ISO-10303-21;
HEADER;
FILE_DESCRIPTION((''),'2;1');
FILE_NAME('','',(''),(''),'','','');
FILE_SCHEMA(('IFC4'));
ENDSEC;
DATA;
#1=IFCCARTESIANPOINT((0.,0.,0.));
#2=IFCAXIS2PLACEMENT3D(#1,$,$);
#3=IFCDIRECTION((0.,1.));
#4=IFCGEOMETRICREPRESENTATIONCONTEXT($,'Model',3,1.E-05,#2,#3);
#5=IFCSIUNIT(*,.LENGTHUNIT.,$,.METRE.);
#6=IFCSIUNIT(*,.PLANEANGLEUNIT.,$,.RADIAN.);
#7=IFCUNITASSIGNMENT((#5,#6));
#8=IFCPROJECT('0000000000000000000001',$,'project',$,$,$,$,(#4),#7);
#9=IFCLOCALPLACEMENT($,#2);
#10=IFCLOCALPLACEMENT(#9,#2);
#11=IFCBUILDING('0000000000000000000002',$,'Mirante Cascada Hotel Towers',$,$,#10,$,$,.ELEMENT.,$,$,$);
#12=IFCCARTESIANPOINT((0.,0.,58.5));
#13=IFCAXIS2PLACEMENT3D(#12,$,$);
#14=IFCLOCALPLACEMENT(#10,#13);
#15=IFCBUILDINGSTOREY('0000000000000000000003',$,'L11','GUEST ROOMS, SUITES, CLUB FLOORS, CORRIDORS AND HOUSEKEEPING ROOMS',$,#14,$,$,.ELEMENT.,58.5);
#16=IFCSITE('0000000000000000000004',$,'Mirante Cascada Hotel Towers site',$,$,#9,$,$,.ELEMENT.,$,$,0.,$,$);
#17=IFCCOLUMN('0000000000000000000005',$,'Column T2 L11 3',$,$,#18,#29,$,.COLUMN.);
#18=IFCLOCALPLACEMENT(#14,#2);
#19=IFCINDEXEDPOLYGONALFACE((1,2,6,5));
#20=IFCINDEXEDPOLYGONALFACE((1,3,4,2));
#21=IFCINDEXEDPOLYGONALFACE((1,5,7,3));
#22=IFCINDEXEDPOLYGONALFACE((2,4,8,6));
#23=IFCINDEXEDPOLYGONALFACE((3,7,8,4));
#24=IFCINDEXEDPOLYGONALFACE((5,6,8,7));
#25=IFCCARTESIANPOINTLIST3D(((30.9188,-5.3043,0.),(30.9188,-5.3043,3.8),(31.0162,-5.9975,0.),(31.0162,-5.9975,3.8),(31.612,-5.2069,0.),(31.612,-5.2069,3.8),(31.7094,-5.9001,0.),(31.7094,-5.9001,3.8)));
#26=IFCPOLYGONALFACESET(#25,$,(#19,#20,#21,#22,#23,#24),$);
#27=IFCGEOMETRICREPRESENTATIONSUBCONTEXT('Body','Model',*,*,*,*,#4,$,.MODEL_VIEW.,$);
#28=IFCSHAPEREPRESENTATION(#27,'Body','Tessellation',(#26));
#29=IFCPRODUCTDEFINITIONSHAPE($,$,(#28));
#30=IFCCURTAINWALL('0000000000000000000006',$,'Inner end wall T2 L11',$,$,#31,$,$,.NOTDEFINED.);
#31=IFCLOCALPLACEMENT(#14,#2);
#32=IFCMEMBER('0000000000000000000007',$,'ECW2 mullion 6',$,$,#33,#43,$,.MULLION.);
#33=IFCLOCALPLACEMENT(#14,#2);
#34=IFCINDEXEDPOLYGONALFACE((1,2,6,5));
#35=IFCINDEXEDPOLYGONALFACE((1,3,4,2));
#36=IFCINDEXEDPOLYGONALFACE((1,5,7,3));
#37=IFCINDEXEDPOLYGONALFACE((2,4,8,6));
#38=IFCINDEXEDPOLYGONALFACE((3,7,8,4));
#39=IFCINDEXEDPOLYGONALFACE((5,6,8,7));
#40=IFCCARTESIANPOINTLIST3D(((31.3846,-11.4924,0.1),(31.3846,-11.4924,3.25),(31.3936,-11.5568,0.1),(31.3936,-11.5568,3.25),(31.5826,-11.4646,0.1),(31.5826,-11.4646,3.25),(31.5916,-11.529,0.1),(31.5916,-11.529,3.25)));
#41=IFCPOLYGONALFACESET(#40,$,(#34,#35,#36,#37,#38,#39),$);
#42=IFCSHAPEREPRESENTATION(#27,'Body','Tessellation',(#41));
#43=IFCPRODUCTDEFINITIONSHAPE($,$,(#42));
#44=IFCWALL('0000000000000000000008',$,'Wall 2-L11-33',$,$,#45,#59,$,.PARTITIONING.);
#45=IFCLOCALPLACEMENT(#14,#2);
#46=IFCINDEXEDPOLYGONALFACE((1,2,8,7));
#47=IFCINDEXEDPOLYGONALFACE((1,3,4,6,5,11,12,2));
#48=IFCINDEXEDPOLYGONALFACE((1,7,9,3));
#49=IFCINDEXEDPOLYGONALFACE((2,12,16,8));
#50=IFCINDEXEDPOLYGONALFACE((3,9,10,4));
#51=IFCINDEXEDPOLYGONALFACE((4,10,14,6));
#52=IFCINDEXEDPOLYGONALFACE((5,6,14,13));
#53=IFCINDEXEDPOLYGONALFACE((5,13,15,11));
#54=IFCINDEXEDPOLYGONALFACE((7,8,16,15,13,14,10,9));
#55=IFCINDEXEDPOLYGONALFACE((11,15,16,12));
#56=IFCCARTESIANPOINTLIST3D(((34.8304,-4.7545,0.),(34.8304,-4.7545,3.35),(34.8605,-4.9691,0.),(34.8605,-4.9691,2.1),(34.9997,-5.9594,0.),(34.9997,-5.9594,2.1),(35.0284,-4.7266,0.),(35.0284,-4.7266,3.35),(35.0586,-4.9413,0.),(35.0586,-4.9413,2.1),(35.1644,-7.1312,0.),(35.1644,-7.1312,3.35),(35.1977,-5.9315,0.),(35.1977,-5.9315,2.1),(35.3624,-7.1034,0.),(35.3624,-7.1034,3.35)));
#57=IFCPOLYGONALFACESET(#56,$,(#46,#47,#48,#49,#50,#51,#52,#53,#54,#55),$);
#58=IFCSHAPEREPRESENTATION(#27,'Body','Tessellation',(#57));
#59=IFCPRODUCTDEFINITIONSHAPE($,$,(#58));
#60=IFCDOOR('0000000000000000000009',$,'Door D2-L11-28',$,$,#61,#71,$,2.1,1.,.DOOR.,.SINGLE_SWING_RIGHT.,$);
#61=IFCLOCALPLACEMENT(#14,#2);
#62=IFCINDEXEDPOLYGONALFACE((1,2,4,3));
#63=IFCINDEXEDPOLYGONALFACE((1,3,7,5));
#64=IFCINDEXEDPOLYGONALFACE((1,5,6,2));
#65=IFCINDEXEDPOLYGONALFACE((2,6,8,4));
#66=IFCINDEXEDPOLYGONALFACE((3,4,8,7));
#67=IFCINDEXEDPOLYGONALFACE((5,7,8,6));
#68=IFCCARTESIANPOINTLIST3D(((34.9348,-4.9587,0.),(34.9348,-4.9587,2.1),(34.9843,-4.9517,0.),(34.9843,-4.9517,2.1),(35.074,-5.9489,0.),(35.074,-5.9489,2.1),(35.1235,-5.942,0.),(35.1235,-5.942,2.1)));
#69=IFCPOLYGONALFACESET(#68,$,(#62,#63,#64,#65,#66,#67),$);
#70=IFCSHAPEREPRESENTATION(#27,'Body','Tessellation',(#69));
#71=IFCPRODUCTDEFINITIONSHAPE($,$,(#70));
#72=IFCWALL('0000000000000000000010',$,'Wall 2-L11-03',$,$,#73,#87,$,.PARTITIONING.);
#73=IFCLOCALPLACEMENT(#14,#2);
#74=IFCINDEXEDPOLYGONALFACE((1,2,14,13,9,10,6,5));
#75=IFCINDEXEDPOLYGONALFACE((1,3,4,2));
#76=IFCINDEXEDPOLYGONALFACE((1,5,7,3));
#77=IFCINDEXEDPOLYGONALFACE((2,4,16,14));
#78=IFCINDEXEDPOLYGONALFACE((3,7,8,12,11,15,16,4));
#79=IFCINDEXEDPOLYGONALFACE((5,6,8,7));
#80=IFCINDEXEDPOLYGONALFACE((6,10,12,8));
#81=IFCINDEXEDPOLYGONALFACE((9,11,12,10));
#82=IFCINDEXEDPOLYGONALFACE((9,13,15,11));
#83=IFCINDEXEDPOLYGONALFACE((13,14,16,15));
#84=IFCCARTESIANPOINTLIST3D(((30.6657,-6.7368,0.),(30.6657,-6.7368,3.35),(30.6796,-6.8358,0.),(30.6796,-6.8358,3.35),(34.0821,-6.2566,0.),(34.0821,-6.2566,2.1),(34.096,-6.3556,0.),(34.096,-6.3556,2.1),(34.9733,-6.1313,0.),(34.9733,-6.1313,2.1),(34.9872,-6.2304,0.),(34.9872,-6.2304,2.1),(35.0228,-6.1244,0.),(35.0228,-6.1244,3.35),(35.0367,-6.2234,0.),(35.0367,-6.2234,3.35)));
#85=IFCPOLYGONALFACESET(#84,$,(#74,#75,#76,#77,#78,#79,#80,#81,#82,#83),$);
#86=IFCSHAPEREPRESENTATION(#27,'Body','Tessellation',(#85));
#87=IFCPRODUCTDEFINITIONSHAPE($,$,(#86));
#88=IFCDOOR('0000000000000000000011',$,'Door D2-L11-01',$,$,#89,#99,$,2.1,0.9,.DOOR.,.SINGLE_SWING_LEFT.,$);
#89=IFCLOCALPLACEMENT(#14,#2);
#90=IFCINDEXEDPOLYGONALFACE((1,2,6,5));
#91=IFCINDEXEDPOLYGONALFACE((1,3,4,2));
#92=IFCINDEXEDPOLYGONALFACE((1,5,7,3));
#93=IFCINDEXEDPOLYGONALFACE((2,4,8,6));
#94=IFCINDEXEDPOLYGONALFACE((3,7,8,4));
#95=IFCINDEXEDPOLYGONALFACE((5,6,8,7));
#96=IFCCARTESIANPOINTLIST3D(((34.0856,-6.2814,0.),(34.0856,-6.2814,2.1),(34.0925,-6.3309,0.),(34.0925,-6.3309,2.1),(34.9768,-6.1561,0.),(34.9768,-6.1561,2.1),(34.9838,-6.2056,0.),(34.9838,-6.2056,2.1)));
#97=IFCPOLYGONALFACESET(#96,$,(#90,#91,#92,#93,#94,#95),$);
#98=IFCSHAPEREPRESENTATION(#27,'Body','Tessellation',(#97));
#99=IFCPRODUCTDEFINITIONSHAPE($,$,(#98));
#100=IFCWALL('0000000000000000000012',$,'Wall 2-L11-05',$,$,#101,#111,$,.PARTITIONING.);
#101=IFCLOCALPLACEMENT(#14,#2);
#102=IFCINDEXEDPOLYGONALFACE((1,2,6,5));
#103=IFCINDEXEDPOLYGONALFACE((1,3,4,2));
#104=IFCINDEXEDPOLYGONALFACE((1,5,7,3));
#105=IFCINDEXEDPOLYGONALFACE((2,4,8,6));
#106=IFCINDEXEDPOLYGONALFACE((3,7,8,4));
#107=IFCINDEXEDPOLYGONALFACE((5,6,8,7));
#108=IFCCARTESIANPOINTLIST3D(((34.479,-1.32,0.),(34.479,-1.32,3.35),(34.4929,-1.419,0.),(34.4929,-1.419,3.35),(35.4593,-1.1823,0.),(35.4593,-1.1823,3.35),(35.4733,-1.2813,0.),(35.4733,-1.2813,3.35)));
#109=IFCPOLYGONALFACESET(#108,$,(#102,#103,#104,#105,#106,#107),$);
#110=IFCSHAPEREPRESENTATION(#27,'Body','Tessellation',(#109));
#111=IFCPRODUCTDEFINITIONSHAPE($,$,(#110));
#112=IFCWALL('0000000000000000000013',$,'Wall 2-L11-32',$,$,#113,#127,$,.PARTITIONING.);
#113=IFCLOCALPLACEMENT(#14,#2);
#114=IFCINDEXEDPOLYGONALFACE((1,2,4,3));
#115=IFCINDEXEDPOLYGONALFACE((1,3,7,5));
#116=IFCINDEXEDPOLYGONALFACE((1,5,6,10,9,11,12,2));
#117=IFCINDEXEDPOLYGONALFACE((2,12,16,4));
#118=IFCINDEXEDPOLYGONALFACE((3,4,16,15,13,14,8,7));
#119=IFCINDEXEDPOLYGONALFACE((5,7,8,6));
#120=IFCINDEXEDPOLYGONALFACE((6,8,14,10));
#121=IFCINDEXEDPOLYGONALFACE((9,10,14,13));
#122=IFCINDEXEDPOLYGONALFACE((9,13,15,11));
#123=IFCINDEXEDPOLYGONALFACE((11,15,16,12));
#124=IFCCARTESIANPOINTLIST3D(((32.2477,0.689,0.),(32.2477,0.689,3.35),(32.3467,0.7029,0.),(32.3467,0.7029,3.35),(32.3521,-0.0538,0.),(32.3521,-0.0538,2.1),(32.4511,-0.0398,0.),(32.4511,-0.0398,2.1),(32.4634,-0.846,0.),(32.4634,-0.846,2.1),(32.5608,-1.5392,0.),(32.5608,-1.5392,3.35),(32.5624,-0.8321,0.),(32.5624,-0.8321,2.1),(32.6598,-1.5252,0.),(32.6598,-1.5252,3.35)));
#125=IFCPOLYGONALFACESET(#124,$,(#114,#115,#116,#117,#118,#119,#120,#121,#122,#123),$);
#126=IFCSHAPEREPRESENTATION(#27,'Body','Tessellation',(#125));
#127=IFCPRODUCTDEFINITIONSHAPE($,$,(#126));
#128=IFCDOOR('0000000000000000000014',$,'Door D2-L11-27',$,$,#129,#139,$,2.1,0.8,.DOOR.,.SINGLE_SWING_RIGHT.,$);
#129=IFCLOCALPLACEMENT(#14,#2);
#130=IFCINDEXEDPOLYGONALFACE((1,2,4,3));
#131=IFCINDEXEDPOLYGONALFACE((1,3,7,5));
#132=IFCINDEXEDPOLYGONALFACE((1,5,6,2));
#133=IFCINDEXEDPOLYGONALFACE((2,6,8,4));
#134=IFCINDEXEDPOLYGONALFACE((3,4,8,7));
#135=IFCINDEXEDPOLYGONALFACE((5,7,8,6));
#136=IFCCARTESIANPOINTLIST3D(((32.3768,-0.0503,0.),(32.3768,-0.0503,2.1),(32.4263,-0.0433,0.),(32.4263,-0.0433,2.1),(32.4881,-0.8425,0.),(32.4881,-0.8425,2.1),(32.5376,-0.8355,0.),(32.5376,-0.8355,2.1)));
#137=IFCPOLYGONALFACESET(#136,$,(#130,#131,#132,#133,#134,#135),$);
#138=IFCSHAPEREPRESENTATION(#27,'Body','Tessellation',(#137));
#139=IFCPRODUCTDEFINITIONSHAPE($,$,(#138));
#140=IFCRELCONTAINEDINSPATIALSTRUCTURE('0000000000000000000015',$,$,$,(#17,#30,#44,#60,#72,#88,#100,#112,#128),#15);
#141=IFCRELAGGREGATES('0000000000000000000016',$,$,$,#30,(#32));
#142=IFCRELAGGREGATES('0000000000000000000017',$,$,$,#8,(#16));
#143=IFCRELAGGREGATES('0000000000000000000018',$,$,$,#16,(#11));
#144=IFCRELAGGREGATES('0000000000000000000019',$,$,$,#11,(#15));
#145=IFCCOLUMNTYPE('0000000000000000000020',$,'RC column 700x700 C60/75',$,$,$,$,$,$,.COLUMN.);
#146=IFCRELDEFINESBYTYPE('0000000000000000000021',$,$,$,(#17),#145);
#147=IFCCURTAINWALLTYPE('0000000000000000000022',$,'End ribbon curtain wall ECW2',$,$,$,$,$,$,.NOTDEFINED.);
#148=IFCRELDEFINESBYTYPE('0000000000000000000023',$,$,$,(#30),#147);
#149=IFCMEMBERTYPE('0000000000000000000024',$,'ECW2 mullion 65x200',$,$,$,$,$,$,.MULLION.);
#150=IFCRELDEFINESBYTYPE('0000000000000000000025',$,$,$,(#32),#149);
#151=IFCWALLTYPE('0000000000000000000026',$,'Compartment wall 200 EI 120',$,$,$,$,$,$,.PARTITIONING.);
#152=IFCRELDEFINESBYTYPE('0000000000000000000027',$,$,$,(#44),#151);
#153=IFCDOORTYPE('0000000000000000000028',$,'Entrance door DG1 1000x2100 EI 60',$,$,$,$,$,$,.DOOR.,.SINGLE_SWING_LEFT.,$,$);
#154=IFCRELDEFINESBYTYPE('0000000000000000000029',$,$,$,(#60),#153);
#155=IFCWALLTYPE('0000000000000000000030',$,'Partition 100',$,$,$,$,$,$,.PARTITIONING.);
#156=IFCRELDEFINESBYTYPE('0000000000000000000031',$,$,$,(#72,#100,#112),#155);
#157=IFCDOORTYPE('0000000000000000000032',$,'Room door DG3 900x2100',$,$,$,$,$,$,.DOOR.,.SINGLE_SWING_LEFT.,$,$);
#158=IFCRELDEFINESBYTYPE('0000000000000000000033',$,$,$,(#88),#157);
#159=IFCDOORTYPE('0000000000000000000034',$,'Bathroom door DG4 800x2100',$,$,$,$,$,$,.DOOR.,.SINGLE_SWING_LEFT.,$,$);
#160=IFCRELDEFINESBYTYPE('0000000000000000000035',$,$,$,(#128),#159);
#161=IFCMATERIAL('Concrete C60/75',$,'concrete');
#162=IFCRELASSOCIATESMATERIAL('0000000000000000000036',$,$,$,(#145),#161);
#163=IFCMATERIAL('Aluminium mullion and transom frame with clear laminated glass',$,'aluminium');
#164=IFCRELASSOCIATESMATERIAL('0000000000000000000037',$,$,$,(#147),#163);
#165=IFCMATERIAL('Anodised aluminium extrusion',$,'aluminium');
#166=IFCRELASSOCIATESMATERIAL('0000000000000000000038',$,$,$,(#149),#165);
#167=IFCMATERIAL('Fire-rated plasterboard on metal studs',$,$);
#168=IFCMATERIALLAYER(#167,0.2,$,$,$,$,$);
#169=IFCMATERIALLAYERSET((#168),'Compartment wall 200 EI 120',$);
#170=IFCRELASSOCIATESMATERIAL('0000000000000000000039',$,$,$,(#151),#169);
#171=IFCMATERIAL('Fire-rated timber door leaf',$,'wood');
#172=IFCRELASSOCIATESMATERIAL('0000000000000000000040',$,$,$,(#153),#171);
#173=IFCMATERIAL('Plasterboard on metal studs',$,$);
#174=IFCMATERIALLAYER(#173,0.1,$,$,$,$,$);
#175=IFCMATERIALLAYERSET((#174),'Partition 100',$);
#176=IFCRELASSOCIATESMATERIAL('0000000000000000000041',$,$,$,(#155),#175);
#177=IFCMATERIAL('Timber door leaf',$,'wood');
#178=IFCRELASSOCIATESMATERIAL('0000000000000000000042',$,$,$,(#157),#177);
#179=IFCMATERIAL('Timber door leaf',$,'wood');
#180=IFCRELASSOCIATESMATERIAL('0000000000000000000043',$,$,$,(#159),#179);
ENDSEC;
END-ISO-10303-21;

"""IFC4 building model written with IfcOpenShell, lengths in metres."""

from ifc_helpers import new_model, si_unit, direction, frame, frame_2d, origin, origin_2d, place, context, subcontext, project, spatial, rectangle, extrude, material, layer, layer_set, material_profile, profile_set, type_object, element, fill, aggregate, save


model = new_model("IFC4")

# Units and contexts
model_context = context("Model", 3, precision=1e-05, world=origin(), true_north=direction((0.0, 1.0)))
body_context = subcontext(model_context, "Body", "Model", "MODEL_VIEW")
ifc_project = project(units=[si_unit("LENGTHUNIT", "METRE"), si_unit("PLANEANGLEUNIT", "RADIAN")], contexts=[model_context])

# Site, building, storey
site_placement = place(None, origin())
site = spatial("IfcSite", under=ifc_project, at=site_placement, Name="Mirante Cascada Hotel Towers site", CompositionType="ELEMENT", RefElevation=0.0)
building_placement = place(site_placement, origin())
building = spatial("IfcBuilding", under=site, at=building_placement, Name="Mirante Cascada Hotel Towers", CompositionType="ELEMENT")
storey_placement = place(building_placement, frame((0.0, 0.0, 58.5)))
storey = spatial("IfcBuildingStorey", under=building, at=storey_placement, Name="L11", Description="GUEST ROOMS, SUITES, CLUB FLOORS, CORRIDORS AND HOUSEKEEPING ROOMS", CompositionType="ELEMENT", Elevation=58.5)

# Column
ifc_material_1 = material(Name="Concrete C60/75", Category="concrete")
ifc_material_profile_1 = material_profile(ifc_material_1, rectangle(XDim=0.7, YDim=0.7, at=origin_2d()), Name="RC column 700x700 C60/75")
ifc_profile_set_1 = profile_set([ifc_material_profile_1], Name="Concrete C60/75")
column_type = type_object("IfcColumnType", Name="RC column 700x700 C60/75", PredefinedType="COLUMN", material=ifc_profile_set_1)
column_placement = place(storey_placement, frame((31.3141, -5.6022, 0.0), z_axis=(0.0, 0.0, 1.0), x_axis=(0.990268, 0.139173, 0.0)))
element("IfcColumn", 1, at=column_placement, inside=storey, type_object=column_type, Name="Column T2 L11 3", PredefinedType="COLUMN", context=body_context, shape_type="SweptSolid", body=[
    extrude(rectangle(XDim=0.7, YDim=0.7, at=origin_2d()), origin(), (0.0, 0.0, 1.0), 3.8),
])

# Curtain wall, member
ifc_material_2 = material(Name="Aluminium mullion and transom frame with clear laminated glass", Category="aluminium")
curtain_wall_type = type_object("IfcCurtainWallType", Name="End ribbon curtain wall ECW2", PredefinedType="NOTDEFINED", material=ifc_material_2)
curtain_wall_placement = place(storey_placement, origin())
curtain_wall = element("IfcCurtainWall", 2, at=curtain_wall_placement, inside=storey, type_object=curtain_wall_type, Name="Inner end wall T2 L11", PredefinedType="NOTDEFINED")
ifc_material_3 = material(Name="Anodised aluminium extrusion", Category="aluminium")
ifc_material_profile_2 = material_profile(ifc_material_3, rectangle(XDim=0.2, YDim=0.065, at=origin_2d()), Name="ECW2 MULLION 65x200")
ifc_profile_set_2 = profile_set([ifc_material_profile_2], Name="Anodised aluminium extrusion")
member_type = type_object("IfcMemberType", Name="ECW2 mullion 65x200", PredefinedType="MULLION", material=ifc_profile_set_2)
member_placement = place(storey_placement, frame((31.4881, -11.5107, 0.1), z_axis=(0.0, 0.0, 1.0), x_axis=(0.990268, 0.139173, 0.0)))
member = element("IfcMember", 3, at=member_placement, type_object=member_type, Name="ECW2 mullion 6", PredefinedType="MULLION", context=body_context, shape_type="SweptSolid", body=[
    extrude(rectangle(XDim=0.2, YDim=0.065, at=origin_2d()), origin(), (0.0, 0.0, 1.0), 3.15),
])
aggregate(curtain_wall, [member])

# Walls, openings, doors
ifc_material_4 = material(Name="Fire-rated plasterboard on metal studs")
ifc_layer_1 = layer(ifc_material_4, 0.2)
ifc_layer_set_1 = layer_set([ifc_layer_1], Name="Compartment wall 200 EI 120")
wall_type_1 = type_object("IfcWallType", Name="Compartment wall 200 EI 120", PredefinedType="PARTITIONING", material=ifc_layer_set_1)
wall_1_placement = place(storey_placement, frame((34.9294, -4.7406, 0.0), z_axis=(0.0, 0.0, 1.0), x_axis=(0.139163, -0.990269, 0.0)))
wall_1 = element("IfcWall", 4, at=wall_1_placement, inside=storey, type_object=wall_type_1, Name="Wall 2-L11-33", PredefinedType="PARTITIONING", context=body_context, shape_type="SweptSolid", body=[
    extrude(rectangle(XDim=2.4001, YDim=0.2, at=frame_2d((1.2, 0.0))), origin(), (0.0, 0.0, 1.0), 3.35),
])
opening_1_placement = place(wall_1_placement, frame((0.2167, 0.0, 0.0)))
opening_1 = element("IfcOpeningElement", 5, at=opening_1_placement, cuts=wall_1, PredefinedType="OPENING", context=body_context, shape_type="SweptSolid", body=[
    extrude(rectangle(XDim=1.0, YDim=2.1, at=frame_2d((0.5, 1.05))), frame((0.0, 0.1, 0.0), z_axis=(0.0, -1.0, 0.0), x_axis=(1.0, 0.0, 0.0)), (0.0, 0.0, 1.0), 0.2),
])
ifc_material_5 = material(Name="Fire-rated timber door leaf", Category="wood")
door_type_1 = type_object("IfcDoorType", Name="Entrance door DG1 1000x2100 EI 60", OperationType="SINGLE_SWING_LEFT", PredefinedType="DOOR", material=ifc_material_5)
door_1_placement = place(opening_1_placement, frame((1.0, 0.0, 0.0), z_axis=(0.0, 0.0, 1.0), x_axis=(-1.0, 0.0, 0.0)))
door_1 = element("IfcDoor", 6, at=door_1_placement, inside=storey, type_object=door_type_1, Name="Door D2-L11-28", OperationType="SINGLE_SWING_RIGHT", OverallHeight=2.1, OverallWidth=1.0, PredefinedType="DOOR", context=body_context, shape_type="SweptSolid", body=[
    extrude(rectangle(XDim=1.0, YDim=2.1, at=frame_2d((0.5, 1.05))), frame((0.0, 0.025, 0.0), z_axis=(0.0, -1.0, 0.0), x_axis=(1.0, 0.0, 0.0)), (0.0, 0.0, 1.0), 0.05),
])
fill(opening_1, door_1)
ifc_material_6 = material(Name="Plasterboard on metal studs")
ifc_layer_2 = layer(ifc_material_6, 0.1)
ifc_layer_set_2 = layer_set([ifc_layer_2], Name="Partition 100")
wall_type_2 = type_object("IfcWallType", Name="Partition 100", PredefinedType="PARTITIONING", material=ifc_layer_set_2)
wall_2_placement = place(storey_placement, frame((35.0298, -6.1739, 0.0), z_axis=(0.0, 0.0, 1.0), x_axis=(-0.990267, -0.139184, 0.0)))
wall_2 = element("IfcWall", 7, at=wall_2_placement, inside=storey, type_object=wall_type_2, Name="Wall 2-L11-03", PredefinedType="PARTITIONING", context=body_context, shape_type="SweptSolid", body=[
    extrude(rectangle(XDim=4.3999, YDim=0.1, at=frame_2d((2.2, 0.0))), origin(), (0.0, 0.0, 1.0), 3.35),
])
opening_2_placement = place(wall_2_placement, frame((0.05, 0.0, 0.0)))
opening_2 = element("IfcOpeningElement", 8, at=opening_2_placement, cuts=wall_2, PredefinedType="OPENING", context=body_context, shape_type="SweptSolid", body=[
    extrude(rectangle(XDim=0.9, YDim=2.1, at=frame_2d((0.45, 1.05))), frame((0.0, 0.05, 0.0), z_axis=(0.0, -1.0, 0.0), x_axis=(1.0, 0.0, 0.0)), (0.0, 0.0, 1.0), 0.1),
])
ifc_material_7 = material(Name="Timber door leaf", Category="wood")
door_type_2 = type_object("IfcDoorType", Name="Room door DG3 900x2100", OperationType="SINGLE_SWING_LEFT", PredefinedType="DOOR", material=ifc_material_7)
door_2_placement = place(opening_2_placement, origin())
door_2 = element("IfcDoor", 9, at=door_2_placement, inside=storey, type_object=door_type_2, Name="Door D2-L11-01", OperationType="SINGLE_SWING_LEFT", OverallHeight=2.1, OverallWidth=0.9, PredefinedType="DOOR", context=body_context, shape_type="SweptSolid", body=[
    extrude(rectangle(XDim=0.9, YDim=2.1, at=frame_2d((0.45, 1.05))), frame((0.0, 0.025, 0.0), z_axis=(0.0, -1.0, 0.0), x_axis=(1.0, 0.0, 0.0)), (0.0, 0.0, 1.0), 0.05),
])
fill(opening_2, door_2)

# Wall
wall_3_placement = place(storey_placement, frame((35.4663, -1.2318, 0.0), z_axis=(0.0, 0.0, 1.0), x_axis=(-0.99028, -0.139088, 0.0)))
element("IfcWall", 10, at=wall_3_placement, inside=storey, type_object=wall_type_2, Name="Wall 2-L11-05", PredefinedType="PARTITIONING", context=body_context, shape_type="SweptSolid", body=[
    extrude(rectangle(XDim=0.99, YDim=0.1, at=frame_2d((0.495, 0.0))), origin(), (0.0, 0.0, 1.0), 3.35),
])

# Wall, opening, door
wall_4_placement = place(storey_placement, frame((32.6103, -1.5322, 0.0), z_axis=(0.0, 0.0, 1.0), x_axis=(-0.139156, 0.990271, 0.0)))
wall_4 = element("IfcWall", 11, at=wall_4_placement, inside=storey, type_object=wall_type_2, Name="Wall 2-L11-32", PredefinedType="PARTITIONING", context=body_context, shape_type="SweptSolid", body=[
    extrude(rectangle(XDim=2.25, YDim=0.1, at=frame_2d((1.125, 0.0))), origin(), (0.0, 0.0, 1.0), 3.35),
])
opening_3_placement = place(wall_4_placement, frame((0.7, 0.0, 0.0)))
opening_3 = element("IfcOpeningElement", 12, at=opening_3_placement, cuts=wall_4, PredefinedType="OPENING", context=body_context, shape_type="SweptSolid", body=[
    extrude(rectangle(XDim=0.8, YDim=2.1, at=frame_2d((0.4, 1.05))), frame((0.0, 0.05, 0.0), z_axis=(0.0, -1.0, 0.0), x_axis=(1.0, 0.0, 0.0)), (0.0, 0.0, 1.0), 0.1),
])
ifc_material_8 = material(Name="Timber door leaf", Category="wood")
door_type_3 = type_object("IfcDoorType", Name="Bathroom door DG4 800x2100", OperationType="SINGLE_SWING_LEFT", PredefinedType="DOOR", material=ifc_material_8)
door_3_placement = place(opening_3_placement, frame((0.8, 0.0, 0.0), z_axis=(0.0, 0.0, 1.0), x_axis=(-1.0, 0.0, 0.0)))
door_3 = element("IfcDoor", 13, at=door_3_placement, inside=storey, type_object=door_type_3, Name="Door D2-L11-27", OperationType="SINGLE_SWING_RIGHT", OverallHeight=2.1, OverallWidth=0.8, PredefinedType="DOOR", context=body_context, shape_type="SweptSolid", body=[
    extrude(rectangle(XDim=0.8, YDim=2.1, at=frame_2d((0.4, 1.05))), frame((0.0, 0.025, 0.0), z_axis=(0.0, -1.0, 0.0), x_axis=(1.0, 0.0, 0.0)), (0.0, 0.0, 1.0), 0.05),
])
fill(opening_3, door_3)

save(model, "model.ifc")
